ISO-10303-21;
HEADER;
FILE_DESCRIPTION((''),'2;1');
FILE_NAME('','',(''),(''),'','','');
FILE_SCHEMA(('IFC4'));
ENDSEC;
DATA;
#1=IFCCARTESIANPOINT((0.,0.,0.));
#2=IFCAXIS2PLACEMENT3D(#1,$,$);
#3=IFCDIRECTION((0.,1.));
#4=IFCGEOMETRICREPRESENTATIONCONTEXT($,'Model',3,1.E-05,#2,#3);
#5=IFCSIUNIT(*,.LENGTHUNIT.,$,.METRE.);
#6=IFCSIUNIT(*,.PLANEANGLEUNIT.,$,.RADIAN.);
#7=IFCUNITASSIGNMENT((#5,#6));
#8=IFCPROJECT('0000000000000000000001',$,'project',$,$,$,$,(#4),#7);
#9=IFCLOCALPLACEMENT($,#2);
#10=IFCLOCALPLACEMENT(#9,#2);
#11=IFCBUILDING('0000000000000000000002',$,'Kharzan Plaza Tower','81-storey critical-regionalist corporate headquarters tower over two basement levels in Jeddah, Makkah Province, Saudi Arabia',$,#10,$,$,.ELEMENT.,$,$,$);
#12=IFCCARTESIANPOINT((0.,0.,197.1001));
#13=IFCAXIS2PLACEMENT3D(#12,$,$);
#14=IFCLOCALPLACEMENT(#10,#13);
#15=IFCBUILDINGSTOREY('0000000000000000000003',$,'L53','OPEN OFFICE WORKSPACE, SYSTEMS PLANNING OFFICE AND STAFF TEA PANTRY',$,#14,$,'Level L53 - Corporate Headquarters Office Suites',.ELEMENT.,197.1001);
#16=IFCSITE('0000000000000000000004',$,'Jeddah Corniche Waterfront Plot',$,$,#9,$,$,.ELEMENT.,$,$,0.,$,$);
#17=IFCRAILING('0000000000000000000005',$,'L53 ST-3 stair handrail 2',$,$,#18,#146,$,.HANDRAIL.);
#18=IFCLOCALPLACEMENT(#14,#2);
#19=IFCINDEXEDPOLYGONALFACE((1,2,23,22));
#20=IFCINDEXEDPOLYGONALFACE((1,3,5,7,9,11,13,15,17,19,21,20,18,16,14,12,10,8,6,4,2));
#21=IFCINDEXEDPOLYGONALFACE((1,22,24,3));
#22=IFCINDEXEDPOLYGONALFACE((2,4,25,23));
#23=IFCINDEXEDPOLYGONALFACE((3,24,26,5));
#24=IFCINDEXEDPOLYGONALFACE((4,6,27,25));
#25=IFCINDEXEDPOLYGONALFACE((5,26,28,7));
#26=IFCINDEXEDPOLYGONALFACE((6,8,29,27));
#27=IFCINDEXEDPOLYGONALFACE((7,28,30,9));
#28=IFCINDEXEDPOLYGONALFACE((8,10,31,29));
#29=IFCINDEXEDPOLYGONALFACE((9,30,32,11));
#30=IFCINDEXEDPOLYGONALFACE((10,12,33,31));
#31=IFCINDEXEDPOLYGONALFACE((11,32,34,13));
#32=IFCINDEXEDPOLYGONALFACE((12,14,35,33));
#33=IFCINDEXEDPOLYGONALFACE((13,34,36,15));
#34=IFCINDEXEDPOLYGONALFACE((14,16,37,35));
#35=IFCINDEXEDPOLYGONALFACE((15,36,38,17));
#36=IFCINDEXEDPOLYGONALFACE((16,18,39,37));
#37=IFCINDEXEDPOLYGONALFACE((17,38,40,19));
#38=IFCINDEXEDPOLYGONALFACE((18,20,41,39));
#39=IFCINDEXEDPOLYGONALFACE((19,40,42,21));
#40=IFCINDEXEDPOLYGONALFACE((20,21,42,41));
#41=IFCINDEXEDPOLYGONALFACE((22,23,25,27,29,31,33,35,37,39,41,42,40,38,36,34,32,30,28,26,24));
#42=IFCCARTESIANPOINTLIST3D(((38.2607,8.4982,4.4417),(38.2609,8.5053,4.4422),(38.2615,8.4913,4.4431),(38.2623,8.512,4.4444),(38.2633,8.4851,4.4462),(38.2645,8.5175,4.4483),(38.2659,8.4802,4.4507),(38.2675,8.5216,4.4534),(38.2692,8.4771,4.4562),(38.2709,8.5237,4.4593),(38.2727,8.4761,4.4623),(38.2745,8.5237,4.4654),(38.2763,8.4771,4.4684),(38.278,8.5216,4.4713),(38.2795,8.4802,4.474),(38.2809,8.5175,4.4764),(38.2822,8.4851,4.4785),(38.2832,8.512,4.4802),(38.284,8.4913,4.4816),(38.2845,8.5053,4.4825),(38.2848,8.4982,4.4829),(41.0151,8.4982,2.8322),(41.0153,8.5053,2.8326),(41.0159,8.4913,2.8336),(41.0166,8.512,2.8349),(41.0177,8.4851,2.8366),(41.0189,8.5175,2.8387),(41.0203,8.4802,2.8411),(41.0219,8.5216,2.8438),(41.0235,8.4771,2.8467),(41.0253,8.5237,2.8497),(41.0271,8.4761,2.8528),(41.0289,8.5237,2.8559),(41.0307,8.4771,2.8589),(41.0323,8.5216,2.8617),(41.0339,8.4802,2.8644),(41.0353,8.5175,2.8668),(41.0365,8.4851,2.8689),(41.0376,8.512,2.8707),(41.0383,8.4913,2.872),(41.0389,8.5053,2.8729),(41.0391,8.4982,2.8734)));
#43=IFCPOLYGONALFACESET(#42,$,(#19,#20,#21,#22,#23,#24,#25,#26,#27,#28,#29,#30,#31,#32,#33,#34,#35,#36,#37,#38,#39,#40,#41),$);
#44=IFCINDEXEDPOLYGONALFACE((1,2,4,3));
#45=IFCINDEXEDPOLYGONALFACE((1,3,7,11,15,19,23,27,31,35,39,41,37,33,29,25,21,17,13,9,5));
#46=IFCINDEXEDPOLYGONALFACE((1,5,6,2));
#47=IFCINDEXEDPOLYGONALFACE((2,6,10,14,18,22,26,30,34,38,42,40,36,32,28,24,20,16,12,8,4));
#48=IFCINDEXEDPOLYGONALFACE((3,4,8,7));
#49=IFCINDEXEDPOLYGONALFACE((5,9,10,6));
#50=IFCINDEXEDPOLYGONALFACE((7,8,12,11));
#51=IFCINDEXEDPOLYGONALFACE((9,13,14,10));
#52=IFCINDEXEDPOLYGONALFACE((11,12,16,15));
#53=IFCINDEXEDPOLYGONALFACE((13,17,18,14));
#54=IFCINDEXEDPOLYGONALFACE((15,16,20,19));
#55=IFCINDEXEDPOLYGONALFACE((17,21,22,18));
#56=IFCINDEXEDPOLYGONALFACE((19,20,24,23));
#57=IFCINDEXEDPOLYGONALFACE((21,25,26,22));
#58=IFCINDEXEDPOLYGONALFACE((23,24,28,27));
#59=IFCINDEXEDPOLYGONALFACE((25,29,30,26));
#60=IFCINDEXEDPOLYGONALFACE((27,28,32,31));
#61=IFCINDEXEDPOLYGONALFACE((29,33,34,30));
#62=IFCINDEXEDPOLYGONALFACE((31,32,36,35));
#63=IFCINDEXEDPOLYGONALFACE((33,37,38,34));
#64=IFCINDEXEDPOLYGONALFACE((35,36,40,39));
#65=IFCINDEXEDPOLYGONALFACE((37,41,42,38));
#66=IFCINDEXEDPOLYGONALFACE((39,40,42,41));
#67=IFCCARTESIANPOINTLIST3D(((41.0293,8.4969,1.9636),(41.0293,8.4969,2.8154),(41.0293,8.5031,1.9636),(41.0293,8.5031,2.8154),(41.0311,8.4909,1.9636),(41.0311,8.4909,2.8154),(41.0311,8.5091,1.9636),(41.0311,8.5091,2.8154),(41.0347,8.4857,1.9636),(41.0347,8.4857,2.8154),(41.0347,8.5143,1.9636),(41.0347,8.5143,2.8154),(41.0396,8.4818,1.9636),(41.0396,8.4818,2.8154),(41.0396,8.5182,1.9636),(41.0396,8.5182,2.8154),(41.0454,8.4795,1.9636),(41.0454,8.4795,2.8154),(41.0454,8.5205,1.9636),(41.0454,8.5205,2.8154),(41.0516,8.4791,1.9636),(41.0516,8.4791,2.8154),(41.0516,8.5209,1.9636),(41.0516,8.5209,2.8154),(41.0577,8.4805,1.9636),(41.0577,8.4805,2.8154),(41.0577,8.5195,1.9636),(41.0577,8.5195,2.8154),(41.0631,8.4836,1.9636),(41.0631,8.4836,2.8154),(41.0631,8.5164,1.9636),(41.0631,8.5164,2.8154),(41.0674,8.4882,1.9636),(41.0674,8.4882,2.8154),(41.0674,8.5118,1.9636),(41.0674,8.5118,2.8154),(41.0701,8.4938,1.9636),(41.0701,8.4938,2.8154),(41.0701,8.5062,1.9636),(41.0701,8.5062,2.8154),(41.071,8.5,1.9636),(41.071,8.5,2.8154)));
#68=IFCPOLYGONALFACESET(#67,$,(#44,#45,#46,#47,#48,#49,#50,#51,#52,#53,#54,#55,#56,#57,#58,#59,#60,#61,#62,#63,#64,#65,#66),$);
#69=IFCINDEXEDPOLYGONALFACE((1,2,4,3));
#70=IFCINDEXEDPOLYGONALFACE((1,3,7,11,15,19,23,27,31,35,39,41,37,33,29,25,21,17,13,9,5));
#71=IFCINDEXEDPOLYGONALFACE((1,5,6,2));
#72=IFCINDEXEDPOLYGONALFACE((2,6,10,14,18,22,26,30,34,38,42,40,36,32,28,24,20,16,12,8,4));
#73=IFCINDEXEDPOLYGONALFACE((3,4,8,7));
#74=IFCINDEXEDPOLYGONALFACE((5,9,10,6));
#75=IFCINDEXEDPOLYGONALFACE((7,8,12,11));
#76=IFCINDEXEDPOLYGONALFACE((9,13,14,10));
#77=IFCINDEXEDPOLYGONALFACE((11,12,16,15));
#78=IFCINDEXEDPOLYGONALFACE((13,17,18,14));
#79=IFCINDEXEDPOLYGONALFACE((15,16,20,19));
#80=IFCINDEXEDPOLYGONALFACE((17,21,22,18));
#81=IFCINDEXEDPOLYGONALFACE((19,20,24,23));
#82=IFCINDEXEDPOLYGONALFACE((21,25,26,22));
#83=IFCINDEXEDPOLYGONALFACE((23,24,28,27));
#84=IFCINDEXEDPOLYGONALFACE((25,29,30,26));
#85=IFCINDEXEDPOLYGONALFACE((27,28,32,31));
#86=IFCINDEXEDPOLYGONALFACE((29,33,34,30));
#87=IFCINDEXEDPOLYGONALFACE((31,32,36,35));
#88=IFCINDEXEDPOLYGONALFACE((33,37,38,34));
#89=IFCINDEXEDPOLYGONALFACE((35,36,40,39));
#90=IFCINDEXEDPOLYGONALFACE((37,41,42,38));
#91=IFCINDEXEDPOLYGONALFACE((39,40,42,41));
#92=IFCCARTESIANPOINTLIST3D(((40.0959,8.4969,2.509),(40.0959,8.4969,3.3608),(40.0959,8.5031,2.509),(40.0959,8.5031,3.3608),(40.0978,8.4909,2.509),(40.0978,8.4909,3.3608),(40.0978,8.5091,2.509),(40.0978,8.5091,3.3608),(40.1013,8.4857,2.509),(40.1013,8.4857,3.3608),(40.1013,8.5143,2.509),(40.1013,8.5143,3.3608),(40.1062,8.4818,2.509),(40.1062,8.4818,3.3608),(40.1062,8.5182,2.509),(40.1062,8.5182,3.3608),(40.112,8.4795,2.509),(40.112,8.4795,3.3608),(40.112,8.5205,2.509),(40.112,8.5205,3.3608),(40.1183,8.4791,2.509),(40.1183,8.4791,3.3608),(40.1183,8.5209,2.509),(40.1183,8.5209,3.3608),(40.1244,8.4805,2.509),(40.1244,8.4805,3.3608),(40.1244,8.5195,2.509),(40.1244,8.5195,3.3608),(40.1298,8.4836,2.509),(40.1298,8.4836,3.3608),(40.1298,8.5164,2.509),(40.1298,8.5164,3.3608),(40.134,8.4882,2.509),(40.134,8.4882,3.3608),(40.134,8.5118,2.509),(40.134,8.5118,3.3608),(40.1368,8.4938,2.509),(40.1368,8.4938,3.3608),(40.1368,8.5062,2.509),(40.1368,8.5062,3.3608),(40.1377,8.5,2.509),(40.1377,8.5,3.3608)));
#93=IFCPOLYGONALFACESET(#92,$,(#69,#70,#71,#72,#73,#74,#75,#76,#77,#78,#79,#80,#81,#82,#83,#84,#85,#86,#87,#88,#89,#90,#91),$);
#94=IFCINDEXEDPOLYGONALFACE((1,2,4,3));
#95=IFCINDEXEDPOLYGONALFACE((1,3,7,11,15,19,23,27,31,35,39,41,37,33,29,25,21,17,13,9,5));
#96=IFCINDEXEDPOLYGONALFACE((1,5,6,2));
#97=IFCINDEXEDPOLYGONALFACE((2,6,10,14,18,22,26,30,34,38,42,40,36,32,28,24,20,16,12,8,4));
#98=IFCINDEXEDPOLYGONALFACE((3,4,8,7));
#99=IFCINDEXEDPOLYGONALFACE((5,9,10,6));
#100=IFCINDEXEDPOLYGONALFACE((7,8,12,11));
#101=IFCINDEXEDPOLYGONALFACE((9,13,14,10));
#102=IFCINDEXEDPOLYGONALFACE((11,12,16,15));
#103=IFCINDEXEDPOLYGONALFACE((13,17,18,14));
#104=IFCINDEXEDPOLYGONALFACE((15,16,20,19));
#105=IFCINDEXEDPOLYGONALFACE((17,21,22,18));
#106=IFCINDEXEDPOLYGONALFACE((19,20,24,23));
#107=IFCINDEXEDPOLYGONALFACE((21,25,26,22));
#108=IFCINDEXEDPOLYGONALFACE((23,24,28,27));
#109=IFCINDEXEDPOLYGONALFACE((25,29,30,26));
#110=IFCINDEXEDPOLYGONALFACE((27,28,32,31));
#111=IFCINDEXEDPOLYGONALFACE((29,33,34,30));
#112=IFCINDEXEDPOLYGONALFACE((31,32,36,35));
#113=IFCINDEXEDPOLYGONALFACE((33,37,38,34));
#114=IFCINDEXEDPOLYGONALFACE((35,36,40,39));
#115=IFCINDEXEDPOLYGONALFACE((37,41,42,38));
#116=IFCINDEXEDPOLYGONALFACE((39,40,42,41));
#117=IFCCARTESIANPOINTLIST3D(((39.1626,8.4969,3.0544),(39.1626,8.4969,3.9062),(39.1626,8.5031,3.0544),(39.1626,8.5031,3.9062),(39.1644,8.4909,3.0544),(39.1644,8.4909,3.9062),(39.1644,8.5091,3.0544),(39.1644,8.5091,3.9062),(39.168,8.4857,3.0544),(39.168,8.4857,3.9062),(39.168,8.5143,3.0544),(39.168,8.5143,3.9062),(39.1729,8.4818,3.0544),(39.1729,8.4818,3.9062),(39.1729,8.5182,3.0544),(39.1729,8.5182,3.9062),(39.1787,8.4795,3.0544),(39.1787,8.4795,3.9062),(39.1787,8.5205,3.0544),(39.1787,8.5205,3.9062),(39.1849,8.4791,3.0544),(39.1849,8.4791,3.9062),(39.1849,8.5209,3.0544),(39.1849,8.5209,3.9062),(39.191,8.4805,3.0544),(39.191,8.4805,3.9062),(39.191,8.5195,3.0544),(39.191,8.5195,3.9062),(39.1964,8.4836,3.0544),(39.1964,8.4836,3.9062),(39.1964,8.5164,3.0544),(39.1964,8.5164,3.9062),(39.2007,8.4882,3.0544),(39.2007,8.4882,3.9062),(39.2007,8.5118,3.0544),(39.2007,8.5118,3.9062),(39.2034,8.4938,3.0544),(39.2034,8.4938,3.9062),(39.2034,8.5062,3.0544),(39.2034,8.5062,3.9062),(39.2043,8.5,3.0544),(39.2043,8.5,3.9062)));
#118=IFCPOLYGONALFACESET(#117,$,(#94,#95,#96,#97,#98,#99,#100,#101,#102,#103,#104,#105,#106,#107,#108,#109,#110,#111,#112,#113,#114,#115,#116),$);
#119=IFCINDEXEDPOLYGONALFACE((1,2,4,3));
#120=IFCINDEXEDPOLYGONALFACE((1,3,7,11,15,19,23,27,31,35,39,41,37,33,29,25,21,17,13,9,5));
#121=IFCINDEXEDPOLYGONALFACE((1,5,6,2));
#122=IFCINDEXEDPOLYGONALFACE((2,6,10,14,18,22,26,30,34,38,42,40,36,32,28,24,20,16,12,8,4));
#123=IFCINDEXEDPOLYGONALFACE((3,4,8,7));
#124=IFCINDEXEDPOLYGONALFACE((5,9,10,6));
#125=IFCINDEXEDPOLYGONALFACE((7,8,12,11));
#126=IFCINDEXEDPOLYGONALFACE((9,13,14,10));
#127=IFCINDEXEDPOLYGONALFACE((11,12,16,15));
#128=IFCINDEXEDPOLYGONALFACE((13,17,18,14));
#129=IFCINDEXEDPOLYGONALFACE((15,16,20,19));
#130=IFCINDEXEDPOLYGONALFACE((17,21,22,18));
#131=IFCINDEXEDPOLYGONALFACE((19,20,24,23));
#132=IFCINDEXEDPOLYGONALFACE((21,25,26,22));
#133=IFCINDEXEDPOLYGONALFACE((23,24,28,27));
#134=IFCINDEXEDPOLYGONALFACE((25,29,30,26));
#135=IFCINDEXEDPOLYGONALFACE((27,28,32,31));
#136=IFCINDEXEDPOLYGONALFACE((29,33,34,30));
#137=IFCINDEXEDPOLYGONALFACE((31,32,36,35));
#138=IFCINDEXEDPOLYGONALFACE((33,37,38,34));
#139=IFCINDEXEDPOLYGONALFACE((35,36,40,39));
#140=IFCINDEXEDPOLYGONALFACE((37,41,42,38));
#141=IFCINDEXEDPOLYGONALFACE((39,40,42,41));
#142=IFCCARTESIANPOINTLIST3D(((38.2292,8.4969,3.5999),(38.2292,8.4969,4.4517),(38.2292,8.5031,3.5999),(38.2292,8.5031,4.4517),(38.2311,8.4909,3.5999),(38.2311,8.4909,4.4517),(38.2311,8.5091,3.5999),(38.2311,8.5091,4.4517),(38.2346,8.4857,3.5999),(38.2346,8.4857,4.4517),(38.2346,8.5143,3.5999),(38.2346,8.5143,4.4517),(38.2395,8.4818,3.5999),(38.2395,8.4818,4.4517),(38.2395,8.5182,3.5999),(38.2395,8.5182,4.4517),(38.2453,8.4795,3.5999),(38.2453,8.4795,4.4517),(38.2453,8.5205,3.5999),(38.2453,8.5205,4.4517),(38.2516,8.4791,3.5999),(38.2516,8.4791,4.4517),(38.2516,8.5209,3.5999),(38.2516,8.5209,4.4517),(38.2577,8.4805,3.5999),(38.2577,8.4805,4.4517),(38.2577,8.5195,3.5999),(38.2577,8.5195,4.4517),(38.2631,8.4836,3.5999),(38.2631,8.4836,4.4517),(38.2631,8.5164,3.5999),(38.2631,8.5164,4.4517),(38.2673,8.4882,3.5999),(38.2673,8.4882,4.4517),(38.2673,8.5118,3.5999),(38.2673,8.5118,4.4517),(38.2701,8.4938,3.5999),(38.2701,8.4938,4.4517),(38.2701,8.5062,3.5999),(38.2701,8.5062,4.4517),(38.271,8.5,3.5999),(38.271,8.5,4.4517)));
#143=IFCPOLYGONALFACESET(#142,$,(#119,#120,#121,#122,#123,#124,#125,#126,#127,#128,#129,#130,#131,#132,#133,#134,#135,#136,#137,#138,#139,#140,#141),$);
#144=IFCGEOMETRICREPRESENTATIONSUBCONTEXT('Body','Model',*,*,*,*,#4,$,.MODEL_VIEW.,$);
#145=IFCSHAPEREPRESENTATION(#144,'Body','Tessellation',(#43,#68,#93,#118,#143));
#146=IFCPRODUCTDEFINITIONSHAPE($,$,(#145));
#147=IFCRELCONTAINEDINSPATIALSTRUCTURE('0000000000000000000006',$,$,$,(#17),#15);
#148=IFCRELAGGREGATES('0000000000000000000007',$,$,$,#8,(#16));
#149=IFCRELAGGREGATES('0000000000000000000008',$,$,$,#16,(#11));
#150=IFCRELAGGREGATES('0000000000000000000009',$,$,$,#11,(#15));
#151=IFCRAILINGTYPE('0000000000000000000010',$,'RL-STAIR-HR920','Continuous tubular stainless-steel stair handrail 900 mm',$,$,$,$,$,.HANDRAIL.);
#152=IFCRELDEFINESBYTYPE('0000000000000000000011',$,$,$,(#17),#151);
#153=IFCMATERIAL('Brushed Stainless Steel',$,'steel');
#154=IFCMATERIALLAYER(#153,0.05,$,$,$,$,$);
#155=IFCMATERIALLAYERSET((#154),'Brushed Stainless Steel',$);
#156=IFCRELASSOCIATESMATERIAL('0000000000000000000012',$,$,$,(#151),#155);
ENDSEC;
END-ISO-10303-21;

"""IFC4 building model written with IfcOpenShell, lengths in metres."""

from ifc_helpers import new_model, si_unit, direction, frame, origin, origin_2d, place, context, subcontext, project, spatial, circle, extrude, source, transform, mapped, material, layer, layer_set, type_object, element, save


model = new_model("IFC4")

# Units and contexts
model_context = context("Model", 3, precision=1e-05, world=origin(), true_north=direction((0.0, 1.0)))
body_context = subcontext(model_context, "Body", "Model", "MODEL_VIEW")
ifc_project = project(units=[si_unit("LENGTHUNIT", "METRE"), si_unit("PLANEANGLEUNIT", "RADIAN")], contexts=[model_context])

# Site, building, storey
site_placement = place(None, origin())
site = spatial("IfcSite", under=ifc_project, at=site_placement, Name="Jeddah Corniche Waterfront Plot", CompositionType="ELEMENT", RefElevation=0.0)
building_placement = place(site_placement, origin())
building = spatial("IfcBuilding", under=site, at=building_placement, Name="Kharzan Plaza Tower", Description="81-storey critical-regionalist corporate headquarters tower over two basement levels in Jeddah, Makkah Province, Saudi Arabia", CompositionType="ELEMENT")
storey_placement = place(building_placement, frame((0.0, 0.0, 197.1001)))
storey = spatial("IfcBuildingStorey", under=building, at=storey_placement, Name="L53", Description="OPEN OFFICE WORKSPACE, SYSTEMS PLANNING OFFICE AND STAFF TEA PANTRY", LongName="Level L53 - Corporate Headquarters Office Suites", CompositionType="ELEMENT", Elevation=197.1001)

# Railing
ifc_material_1 = material(Name="Brushed Stainless Steel", Category="steel")
ifc_layer_1 = layer(ifc_material_1, 0.05)
ifc_layer_set_1 = layer_set([ifc_layer_1], Name="Brushed Stainless Steel")
railing_type_1 = type_object("IfcRailingType", Name="RL-STAIR-HR920", Description="Continuous tubular stainless-steel stair handrail 900 mm", PredefinedType="HANDRAIL", material=ifc_layer_set_1)
shared_shape_1 = source(origin(), body_context, "Body", "SweptSolid", [
    extrude(circle(Radius=0.0239, at=origin_2d()), frame((-0.0229, 0.0, 0.8892), z_axis=(-0.863394, 0.0, 0.504531), x_axis=(0.0, -1.0, 0.0)), (0.0, 0.0, 1.0), 3.1902),
    extrude(circle(Radius=0.021, at=origin_2d()), origin(), (0.0, 0.0, 1.0), 0.8518),
    extrude(circle(Radius=0.021, at=origin_2d()), frame((-0.9333, 0.0, 0.5454)), (0.0, 0.0, 1.0), 0.8518),
    extrude(circle(Radius=0.021, at=origin_2d()), frame((-1.8667, 0.0, 1.0908)), (0.0, 0.0, 1.0), 0.8518),
    extrude(circle(Radius=0.021, at=origin_2d()), frame((-2.8, 0.0, 1.6362)), (0.0, 0.0, 1.0), 0.8518),
])
railing_1_placement = place(storey_placement, frame((41.05, 8.5, 1.9636)))
element("IfcRailing", 1, at=railing_1_placement, inside=storey, type_object=railing_type_1, Name="L53 ST-3 stair handrail 2", PredefinedType="HANDRAIL", context=body_context, shape_type="MappedRepresentation", body=[
    mapped(shared_shape_1, transform((0.0, 0.0, 0.0), x_axis=(1.0, 0.0, 0.0), y_axis=(0.0, 1.0, 0.0), z_axis=(0.0, 0.0, 1.0))),
])

save(model, "model.ifc")
